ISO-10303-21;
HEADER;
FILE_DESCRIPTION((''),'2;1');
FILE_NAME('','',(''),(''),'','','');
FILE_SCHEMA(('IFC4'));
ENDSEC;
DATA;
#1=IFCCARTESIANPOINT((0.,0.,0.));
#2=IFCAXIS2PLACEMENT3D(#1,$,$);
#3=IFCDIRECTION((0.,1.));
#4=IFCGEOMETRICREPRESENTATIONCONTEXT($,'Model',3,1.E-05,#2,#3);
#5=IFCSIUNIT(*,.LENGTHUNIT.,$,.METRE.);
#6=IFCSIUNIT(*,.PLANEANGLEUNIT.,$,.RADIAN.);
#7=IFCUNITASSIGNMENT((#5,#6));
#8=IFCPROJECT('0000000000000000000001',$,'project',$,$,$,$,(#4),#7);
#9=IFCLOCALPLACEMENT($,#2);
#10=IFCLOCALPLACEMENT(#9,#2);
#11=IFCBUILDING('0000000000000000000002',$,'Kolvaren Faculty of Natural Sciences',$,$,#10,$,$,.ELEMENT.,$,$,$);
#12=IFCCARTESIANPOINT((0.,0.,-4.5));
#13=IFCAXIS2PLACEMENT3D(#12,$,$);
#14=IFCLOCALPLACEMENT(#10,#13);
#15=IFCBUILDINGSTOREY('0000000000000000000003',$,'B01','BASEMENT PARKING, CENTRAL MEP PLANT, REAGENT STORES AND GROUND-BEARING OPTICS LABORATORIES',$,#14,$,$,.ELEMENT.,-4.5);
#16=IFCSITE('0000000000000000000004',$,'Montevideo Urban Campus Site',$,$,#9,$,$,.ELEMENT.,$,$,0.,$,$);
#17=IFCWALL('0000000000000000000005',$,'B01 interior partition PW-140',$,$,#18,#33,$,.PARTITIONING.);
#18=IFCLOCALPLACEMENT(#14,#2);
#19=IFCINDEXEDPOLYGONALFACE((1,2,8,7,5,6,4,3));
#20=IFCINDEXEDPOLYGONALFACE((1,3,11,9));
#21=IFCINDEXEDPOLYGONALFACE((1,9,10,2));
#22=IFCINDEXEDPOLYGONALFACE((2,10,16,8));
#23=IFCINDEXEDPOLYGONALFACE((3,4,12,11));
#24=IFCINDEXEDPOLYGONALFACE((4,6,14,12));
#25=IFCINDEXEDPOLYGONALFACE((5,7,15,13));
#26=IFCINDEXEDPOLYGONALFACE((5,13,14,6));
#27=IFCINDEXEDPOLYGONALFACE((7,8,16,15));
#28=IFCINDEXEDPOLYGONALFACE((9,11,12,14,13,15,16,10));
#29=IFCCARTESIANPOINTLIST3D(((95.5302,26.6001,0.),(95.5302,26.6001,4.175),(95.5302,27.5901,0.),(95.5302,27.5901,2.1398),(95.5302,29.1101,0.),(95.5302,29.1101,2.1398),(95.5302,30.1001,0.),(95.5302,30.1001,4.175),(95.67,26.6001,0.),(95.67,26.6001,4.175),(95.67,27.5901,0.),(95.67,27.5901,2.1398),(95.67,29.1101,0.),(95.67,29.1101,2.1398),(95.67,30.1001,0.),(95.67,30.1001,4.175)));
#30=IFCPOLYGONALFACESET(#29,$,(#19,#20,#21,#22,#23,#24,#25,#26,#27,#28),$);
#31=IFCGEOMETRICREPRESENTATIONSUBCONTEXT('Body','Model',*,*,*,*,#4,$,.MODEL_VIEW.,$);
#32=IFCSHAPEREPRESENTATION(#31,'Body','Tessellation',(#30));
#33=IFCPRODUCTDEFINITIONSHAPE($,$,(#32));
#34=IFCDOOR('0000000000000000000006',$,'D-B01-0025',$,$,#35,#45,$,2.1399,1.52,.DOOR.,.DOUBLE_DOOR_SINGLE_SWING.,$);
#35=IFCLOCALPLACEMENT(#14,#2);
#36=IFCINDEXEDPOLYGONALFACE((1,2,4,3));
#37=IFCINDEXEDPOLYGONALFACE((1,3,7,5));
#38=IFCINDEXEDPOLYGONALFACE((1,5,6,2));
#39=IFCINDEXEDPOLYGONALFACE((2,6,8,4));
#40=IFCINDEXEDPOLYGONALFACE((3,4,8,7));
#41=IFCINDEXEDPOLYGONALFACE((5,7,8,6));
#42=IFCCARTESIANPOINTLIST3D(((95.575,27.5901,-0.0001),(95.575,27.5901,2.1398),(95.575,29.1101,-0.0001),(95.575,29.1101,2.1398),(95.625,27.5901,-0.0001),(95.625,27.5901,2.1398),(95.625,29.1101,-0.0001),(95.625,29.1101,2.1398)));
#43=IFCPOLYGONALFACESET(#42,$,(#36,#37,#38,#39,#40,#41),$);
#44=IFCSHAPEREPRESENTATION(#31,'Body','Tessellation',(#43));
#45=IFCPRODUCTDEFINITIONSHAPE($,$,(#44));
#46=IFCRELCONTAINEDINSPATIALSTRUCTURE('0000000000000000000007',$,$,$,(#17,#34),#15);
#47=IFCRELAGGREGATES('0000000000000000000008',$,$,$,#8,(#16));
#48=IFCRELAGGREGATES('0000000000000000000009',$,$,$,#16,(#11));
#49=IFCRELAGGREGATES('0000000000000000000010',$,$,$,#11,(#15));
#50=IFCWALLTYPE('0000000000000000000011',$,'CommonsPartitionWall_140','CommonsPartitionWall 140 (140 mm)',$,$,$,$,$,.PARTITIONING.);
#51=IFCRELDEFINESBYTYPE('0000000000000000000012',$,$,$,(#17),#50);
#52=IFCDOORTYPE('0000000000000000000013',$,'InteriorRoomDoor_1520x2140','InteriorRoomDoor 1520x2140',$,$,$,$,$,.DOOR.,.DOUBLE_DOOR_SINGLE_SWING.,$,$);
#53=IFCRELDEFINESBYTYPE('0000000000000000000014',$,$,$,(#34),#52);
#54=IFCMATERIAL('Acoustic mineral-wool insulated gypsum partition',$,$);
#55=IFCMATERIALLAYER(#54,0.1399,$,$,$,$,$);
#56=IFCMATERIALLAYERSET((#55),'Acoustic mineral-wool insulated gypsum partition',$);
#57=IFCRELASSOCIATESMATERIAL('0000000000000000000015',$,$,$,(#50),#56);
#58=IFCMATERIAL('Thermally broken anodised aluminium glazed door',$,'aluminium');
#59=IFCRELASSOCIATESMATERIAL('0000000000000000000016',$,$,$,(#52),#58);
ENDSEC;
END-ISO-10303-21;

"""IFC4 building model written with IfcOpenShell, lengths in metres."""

from ifc_helpers import new_model, si_unit, direction, frame, frame_2d, origin, place, context, subcontext, project, spatial, rectangle, extrude, material, layer, layer_set, type_object, element, fill, save


model = new_model("IFC4")

# Units and contexts
model_context = context("Model", 3, precision=1e-05, world=origin(), true_north=direction((0.0, 1.0)))
body_context = subcontext(model_context, "Body", "Model", "MODEL_VIEW")
ifc_project = project(units=[si_unit("LENGTHUNIT", "METRE"), si_unit("PLANEANGLEUNIT", "RADIAN")], contexts=[model_context])

# Site, building, storey
site_placement = place(None, origin())
site = spatial("IfcSite", under=ifc_project, at=site_placement, Name="Montevideo Urban Campus Site", CompositionType="ELEMENT", RefElevation=0.0)
building_placement = place(site_placement, origin())
building = spatial("IfcBuilding", under=site, at=building_placement, Name="Kolvaren Faculty of Natural Sciences", CompositionType="ELEMENT")
storey_placement = place(building_placement, frame((0.0, 0.0, -4.5)))
storey = spatial("IfcBuildingStorey", under=building, at=storey_placement, Name="B01", Description="BASEMENT PARKING, CENTRAL MEP PLANT, REAGENT STORES AND GROUND-BEARING OPTICS LABORATORIES", CompositionType="ELEMENT", Elevation=-4.5)

# Shared definitions
ifc_material_1 = material(Name="Acoustic mineral-wool insulated gypsum partition")
ifc_layer_1 = layer(ifc_material_1, 0.1399)
ifc_layer_set_1 = layer_set([ifc_layer_1], Name="Acoustic mineral-wool insulated gypsum partition")
wall_type_1 = type_object("IfcWallType", Name="CommonsPartitionWall_140", Description="CommonsPartitionWall 140 (140 mm)", PredefinedType="PARTITIONING", material=ifc_layer_set_1)

# Wall, opening, door
wall_1_placement = place(storey_placement, frame((95.6001, 30.1001, 0.0), z_axis=(0.0, 0.0, 1.0), x_axis=(0.0, -1.0, 0.0)))
wall_1 = element("IfcWall", 1, at=wall_1_placement, inside=storey, type_object=wall_type_1, Name="B01 interior partition PW-140", PredefinedType="PARTITIONING", context=body_context, shape_type="SweptSolid", body=[
    extrude(rectangle(XDim=3.5, YDim=0.1399, at=frame_2d((1.75, 0.0))), origin(), (0.0, 0.0, 1.0), 4.175),
])
opening_placement = place(wall_1_placement, frame((0.99, 0.0, 0.0)))
opening = element("IfcOpeningElement", 2, at=opening_placement, cuts=wall_1, PredefinedType="OPENING", context=body_context, shape_type="SweptSolid", body=[
    extrude(rectangle(XDim=1.52, YDim=2.1399, at=frame_2d((0.76, 1.0698))), frame((0.0, 0.0798, 0.0), z_axis=(0.0, -1.0, 0.0), x_axis=(1.0, 0.0, 0.0)), (0.0, 0.0, 1.0), 0.1599),
])
ifc_material_2 = material(Name="Thermally broken anodised aluminium glazed door", Category="aluminium")
door_type = type_object("IfcDoorType", Name="InteriorRoomDoor_1520x2140", Description="InteriorRoomDoor 1520x2140", OperationType="DOUBLE_DOOR_SINGLE_SWING", PredefinedType="DOOR", material=ifc_material_2)
door_placement = place(opening_placement, origin())
door = element("IfcDoor", 3, at=door_placement, inside=storey, type_object=door_type, Name="D-B01-0025", OperationType="DOUBLE_DOOR_SINGLE_SWING", OverallHeight=2.1399, OverallWidth=1.52, PredefinedType="DOOR", context=body_context, shape_type="SweptSolid", body=[
    extrude(rectangle(XDim=1.52, YDim=2.1399, at=frame_2d((0.76, 1.0698))), frame((0.0, 0.0249, 0.0), z_axis=(0.0, -1.0, 0.0), x_axis=(1.0, 0.0, 0.0)), (0.0, 0.0, 1.0), 0.05),
])
fill(opening, door)

save(model, "model.ifc")
